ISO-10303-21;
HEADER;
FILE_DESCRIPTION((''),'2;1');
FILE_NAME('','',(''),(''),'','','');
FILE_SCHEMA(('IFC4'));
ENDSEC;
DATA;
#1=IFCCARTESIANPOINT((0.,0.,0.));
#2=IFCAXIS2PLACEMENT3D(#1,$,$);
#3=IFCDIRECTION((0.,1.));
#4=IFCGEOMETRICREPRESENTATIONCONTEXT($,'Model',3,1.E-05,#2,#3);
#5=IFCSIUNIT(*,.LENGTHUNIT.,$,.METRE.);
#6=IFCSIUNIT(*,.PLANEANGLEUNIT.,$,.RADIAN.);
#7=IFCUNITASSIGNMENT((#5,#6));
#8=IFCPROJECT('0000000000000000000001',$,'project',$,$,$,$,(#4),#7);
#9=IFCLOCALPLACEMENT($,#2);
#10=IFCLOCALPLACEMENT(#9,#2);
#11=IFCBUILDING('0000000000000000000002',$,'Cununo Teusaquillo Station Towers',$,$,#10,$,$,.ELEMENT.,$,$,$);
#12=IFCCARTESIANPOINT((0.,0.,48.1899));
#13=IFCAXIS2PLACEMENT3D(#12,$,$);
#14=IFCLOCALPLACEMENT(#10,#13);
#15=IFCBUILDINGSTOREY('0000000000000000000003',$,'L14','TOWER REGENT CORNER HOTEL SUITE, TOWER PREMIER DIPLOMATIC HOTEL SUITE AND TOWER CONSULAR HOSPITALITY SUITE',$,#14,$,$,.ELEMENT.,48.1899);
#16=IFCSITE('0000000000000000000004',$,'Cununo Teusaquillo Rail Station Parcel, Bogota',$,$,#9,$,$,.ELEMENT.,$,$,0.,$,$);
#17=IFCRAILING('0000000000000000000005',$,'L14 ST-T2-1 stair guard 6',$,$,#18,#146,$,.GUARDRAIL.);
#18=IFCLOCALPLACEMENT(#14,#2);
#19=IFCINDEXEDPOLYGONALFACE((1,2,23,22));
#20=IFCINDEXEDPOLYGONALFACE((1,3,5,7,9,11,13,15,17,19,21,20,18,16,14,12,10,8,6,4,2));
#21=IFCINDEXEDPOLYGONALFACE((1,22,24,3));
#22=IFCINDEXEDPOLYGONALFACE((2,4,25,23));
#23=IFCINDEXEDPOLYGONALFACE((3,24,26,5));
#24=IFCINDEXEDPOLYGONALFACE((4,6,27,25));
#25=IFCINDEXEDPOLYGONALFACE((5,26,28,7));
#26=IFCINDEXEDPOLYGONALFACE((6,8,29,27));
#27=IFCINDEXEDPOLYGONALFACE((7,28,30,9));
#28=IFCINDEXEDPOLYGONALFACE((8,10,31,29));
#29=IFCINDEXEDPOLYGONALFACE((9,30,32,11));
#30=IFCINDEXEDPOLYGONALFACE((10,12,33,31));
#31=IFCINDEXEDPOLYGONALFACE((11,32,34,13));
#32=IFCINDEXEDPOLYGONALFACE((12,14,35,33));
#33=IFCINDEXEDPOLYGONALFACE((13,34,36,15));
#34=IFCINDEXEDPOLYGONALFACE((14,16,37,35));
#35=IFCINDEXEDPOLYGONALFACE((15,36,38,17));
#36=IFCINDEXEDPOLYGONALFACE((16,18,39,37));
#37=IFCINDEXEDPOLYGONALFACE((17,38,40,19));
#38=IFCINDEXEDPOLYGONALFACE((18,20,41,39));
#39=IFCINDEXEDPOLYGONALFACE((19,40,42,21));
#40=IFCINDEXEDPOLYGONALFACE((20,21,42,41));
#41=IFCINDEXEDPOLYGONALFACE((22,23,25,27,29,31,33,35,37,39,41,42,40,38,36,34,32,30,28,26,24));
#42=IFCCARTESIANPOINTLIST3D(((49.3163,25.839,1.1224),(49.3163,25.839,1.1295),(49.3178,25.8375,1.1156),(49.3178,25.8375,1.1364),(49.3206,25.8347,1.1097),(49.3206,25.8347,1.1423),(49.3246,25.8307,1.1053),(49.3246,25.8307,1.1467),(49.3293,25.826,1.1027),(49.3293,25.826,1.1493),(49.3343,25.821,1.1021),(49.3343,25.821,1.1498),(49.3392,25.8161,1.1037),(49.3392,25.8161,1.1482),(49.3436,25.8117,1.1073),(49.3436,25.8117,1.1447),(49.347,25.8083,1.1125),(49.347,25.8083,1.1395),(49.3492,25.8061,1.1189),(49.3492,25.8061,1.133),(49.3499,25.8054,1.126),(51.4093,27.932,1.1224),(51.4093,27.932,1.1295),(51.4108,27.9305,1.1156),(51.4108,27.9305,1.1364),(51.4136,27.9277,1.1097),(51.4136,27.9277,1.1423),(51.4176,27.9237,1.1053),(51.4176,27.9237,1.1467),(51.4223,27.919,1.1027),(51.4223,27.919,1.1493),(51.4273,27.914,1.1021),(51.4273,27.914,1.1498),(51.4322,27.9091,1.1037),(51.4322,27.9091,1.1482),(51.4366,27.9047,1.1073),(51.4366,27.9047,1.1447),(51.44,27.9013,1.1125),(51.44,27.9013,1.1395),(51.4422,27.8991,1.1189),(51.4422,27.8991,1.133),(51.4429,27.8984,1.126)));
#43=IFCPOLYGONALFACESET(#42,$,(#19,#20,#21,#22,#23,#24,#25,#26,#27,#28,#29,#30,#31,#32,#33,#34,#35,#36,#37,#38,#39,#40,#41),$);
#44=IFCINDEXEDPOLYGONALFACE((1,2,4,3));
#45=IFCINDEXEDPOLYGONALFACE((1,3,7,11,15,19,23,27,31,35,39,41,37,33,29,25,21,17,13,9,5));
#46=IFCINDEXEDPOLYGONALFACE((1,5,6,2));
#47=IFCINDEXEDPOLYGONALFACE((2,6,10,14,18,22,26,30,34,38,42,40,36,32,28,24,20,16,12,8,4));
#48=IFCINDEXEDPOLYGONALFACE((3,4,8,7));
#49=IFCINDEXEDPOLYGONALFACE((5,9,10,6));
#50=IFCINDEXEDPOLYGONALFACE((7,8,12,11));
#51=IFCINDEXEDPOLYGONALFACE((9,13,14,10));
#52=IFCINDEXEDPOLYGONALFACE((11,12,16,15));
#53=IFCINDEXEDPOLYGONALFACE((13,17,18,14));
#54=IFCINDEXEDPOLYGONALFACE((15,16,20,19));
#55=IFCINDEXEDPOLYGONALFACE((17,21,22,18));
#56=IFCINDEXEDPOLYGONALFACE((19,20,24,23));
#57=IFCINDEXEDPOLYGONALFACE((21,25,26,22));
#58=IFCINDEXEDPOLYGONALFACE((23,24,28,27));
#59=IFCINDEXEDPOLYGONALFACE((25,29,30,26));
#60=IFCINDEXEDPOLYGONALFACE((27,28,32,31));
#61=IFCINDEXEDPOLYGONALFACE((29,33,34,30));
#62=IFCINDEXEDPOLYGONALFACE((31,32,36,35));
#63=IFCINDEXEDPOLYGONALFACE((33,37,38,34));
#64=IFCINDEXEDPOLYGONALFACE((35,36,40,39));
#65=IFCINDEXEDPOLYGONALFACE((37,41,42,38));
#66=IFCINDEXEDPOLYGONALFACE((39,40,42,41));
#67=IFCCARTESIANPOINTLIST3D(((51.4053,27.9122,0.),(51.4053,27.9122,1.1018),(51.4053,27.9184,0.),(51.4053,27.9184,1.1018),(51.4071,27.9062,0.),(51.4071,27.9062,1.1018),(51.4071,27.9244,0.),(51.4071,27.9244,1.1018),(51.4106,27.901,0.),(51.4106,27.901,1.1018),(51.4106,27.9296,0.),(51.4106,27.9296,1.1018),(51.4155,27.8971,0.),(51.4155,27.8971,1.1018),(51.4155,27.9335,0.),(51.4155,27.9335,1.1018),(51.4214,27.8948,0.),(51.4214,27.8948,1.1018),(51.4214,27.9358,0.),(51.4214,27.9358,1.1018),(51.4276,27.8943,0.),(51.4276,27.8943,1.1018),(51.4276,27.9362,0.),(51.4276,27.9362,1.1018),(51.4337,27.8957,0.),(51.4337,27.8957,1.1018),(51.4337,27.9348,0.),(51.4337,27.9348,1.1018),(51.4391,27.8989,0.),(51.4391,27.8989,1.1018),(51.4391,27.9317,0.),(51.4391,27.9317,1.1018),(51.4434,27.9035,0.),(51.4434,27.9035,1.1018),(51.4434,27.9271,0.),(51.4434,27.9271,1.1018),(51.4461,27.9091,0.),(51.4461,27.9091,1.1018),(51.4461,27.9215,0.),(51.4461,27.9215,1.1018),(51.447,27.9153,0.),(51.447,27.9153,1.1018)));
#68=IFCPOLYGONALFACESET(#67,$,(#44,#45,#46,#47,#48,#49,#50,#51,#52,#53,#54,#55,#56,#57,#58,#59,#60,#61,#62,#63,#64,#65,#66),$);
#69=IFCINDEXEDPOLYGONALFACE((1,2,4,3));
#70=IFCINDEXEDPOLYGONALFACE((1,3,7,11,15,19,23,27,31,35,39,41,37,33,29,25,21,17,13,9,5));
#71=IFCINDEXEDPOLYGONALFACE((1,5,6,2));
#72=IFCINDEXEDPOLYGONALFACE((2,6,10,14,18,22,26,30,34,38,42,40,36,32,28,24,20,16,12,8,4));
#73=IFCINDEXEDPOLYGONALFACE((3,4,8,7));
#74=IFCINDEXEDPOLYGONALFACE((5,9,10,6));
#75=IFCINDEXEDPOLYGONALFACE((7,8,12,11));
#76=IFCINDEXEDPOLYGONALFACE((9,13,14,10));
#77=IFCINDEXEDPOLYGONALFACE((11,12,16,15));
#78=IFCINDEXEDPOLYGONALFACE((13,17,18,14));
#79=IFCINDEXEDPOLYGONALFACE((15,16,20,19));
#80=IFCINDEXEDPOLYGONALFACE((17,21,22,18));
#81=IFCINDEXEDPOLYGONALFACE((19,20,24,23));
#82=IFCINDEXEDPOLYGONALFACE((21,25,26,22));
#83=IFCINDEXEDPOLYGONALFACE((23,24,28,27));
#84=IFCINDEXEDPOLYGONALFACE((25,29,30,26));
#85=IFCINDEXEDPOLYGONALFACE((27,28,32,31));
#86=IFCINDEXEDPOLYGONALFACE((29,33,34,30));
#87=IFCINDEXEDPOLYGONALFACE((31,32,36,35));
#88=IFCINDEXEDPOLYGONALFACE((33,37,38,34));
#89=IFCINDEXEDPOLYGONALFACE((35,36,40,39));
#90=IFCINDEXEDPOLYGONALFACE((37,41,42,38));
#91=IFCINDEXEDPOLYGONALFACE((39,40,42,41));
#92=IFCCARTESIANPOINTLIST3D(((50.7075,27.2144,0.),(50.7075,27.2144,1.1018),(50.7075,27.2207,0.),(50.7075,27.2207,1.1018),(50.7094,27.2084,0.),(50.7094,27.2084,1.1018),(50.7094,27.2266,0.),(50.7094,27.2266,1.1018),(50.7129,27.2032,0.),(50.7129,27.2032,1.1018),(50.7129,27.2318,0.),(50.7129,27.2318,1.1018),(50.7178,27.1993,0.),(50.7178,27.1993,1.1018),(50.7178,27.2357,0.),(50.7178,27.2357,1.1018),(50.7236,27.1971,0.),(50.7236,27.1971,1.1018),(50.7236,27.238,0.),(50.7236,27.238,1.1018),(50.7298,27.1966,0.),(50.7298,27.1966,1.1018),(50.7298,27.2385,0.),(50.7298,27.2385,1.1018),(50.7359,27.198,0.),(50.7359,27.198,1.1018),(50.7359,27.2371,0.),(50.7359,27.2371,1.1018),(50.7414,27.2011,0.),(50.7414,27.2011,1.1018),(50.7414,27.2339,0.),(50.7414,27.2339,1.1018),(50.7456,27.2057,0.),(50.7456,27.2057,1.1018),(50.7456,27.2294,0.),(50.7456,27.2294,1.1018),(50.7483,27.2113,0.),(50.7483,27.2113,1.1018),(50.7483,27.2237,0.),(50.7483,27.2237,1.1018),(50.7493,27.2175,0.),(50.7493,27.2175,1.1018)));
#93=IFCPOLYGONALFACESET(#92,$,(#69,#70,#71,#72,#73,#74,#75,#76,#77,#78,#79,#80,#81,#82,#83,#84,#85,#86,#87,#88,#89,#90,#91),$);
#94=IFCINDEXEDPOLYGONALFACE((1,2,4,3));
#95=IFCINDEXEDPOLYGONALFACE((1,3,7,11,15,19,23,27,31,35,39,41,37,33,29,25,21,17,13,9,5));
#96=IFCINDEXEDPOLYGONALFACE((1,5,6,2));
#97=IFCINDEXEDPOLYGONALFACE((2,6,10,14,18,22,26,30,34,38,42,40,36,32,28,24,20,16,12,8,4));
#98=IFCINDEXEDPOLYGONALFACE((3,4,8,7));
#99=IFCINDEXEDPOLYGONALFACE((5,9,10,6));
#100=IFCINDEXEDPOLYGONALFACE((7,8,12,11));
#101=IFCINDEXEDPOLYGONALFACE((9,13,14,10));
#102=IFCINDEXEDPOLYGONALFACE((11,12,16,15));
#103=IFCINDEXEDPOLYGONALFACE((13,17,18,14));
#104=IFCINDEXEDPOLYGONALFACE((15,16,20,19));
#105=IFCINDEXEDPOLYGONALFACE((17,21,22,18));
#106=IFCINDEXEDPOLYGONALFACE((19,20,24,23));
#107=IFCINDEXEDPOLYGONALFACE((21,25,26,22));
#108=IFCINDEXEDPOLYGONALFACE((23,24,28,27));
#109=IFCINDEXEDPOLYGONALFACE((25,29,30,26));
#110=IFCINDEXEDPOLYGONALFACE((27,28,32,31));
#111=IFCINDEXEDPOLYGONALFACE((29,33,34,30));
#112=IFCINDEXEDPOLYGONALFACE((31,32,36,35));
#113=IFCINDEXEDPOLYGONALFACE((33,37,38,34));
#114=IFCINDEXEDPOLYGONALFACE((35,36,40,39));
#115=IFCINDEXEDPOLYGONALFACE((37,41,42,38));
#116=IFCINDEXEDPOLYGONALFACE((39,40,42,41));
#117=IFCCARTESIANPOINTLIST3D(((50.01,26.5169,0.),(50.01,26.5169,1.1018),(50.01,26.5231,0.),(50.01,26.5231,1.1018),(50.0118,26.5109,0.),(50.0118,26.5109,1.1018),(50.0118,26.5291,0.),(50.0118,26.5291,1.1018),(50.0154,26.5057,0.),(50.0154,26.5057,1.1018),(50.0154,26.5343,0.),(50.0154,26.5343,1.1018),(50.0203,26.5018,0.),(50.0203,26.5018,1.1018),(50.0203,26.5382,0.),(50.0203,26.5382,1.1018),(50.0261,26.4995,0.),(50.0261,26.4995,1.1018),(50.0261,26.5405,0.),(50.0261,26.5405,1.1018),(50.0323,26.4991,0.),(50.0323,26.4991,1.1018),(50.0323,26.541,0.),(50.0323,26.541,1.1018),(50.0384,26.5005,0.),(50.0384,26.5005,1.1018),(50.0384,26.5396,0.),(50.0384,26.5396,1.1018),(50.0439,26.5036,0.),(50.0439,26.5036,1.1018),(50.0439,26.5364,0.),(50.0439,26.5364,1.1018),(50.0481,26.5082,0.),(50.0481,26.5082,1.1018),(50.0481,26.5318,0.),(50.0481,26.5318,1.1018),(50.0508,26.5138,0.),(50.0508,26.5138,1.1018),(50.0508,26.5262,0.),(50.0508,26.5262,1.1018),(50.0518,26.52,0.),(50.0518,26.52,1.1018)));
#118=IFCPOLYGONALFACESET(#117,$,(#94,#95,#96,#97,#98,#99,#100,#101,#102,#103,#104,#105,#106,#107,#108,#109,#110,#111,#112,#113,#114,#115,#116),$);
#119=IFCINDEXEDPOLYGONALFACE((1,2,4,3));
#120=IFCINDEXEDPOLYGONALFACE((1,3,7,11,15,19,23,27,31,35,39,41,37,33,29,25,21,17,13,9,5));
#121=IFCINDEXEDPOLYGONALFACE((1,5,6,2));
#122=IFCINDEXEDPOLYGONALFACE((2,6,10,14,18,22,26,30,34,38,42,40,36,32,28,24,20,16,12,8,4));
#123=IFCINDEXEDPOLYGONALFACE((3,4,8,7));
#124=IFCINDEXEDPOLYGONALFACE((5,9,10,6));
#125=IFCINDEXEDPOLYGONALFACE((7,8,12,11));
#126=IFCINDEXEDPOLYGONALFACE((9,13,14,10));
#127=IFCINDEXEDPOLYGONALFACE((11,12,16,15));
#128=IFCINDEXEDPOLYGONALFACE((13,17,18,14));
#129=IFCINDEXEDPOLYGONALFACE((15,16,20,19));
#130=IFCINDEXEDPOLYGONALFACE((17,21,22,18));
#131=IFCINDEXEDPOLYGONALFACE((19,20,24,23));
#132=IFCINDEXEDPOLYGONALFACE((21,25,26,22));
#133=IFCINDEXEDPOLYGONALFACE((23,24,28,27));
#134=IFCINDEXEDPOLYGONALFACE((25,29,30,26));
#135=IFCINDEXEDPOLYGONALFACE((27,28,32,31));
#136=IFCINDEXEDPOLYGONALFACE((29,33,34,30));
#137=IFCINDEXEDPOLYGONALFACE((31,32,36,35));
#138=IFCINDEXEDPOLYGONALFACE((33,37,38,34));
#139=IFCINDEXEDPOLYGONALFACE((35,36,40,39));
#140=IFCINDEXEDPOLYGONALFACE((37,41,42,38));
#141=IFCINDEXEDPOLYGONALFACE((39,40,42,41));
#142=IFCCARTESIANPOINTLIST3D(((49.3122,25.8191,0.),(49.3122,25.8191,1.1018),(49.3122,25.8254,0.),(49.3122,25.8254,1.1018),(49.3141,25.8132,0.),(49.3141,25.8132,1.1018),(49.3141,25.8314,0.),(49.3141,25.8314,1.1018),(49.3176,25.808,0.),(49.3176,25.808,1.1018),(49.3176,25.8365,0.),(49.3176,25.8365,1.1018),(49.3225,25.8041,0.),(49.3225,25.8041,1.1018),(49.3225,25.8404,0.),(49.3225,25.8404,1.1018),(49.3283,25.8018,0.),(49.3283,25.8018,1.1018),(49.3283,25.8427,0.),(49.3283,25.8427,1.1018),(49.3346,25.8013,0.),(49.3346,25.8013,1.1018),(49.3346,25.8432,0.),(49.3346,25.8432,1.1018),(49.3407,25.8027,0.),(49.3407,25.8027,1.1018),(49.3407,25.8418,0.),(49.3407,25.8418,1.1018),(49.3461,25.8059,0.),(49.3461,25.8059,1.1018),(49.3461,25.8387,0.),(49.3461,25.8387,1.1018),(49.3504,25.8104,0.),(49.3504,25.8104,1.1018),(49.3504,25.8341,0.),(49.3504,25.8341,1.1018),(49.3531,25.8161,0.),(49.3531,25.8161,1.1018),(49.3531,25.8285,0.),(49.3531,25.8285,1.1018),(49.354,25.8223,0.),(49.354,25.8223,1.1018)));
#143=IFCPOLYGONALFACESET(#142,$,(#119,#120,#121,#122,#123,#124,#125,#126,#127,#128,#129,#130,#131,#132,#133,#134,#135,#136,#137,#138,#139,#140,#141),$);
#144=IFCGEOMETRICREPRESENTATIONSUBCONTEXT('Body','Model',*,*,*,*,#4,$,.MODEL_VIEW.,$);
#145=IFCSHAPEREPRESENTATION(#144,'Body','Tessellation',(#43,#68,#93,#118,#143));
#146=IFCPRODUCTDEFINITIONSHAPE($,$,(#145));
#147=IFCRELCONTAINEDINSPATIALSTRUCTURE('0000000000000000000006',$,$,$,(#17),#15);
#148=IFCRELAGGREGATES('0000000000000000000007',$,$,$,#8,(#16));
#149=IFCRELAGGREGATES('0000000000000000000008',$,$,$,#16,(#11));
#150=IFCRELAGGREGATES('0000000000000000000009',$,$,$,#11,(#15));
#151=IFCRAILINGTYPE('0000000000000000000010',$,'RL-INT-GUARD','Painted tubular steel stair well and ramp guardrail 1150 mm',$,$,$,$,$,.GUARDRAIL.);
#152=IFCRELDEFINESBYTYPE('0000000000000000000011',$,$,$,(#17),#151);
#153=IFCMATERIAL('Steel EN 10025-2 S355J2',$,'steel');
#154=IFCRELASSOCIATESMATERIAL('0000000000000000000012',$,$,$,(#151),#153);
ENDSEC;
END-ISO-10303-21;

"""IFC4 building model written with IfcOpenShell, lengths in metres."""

from ifc_helpers import new_model, si_unit, direction, frame, origin, origin_2d, place, context, subcontext, project, spatial, circle, extrude, material, type_object, element, save


model = new_model("IFC4")

# Units and contexts
model_context = context("Model", 3, precision=1e-05, world=origin(), true_north=direction((0.0, 1.0)))
body_context = subcontext(model_context, "Body", "Model", "MODEL_VIEW")
ifc_project = project(units=[si_unit("LENGTHUNIT", "METRE"), si_unit("PLANEANGLEUNIT", "RADIAN")], contexts=[model_context])

# Site, building, storey
site_placement = place(None, origin())
site = spatial("IfcSite", under=ifc_project, at=site_placement, Name="Cununo Teusaquillo Rail Station Parcel, Bogota", CompositionType="ELEMENT", RefElevation=0.0)
building_placement = place(site_placement, origin())
building = spatial("IfcBuilding", under=site, at=building_placement, Name="Cununo Teusaquillo Station Towers", CompositionType="ELEMENT")
storey_placement = place(building_placement, frame((0.0, 0.0, 48.1899)))
storey = spatial("IfcBuildingStorey", under=building, at=storey_placement, Name="L14", Description="TOWER REGENT CORNER HOTEL SUITE, TOWER PREMIER DIPLOMATIC HOTEL SUITE AND TOWER CONSULAR HOSPITALITY SUITE", CompositionType="ELEMENT", Elevation=48.1899)

# Railing
ifc_material_1 = material(Name="Steel EN 10025-2 S355J2", Category="steel")
railing_type = type_object("IfcRailingType", Name="RL-INT-GUARD", Description="Painted tubular steel stair well and ramp guardrail 1150 mm", PredefinedType="GUARDRAIL", material=ifc_material_1)
railing_1_placement = place(storey_placement, frame((51.426, 27.9153, 0.0)))
element("IfcRailing", 1, at=railing_1_placement, inside=storey, type_object=railing_type, Name="L14 ST-T2-1 stair guard 6", PredefinedType="GUARDRAIL", context=body_context, shape_type="SweptSolid", body=[
    extrude(circle(Radius=0.0239, at=origin_2d()), frame((0.0, 0.0, 1.126), z_axis=(-0.707107, -0.707107, 0.0), x_axis=(0.707107, -0.707107, 0.0)), (0.0, 0.0, 1.0), 2.96),
    extrude(circle(Radius=0.021, at=origin_2d()), origin(), (0.0, 0.0, 1.0), 1.1018),
    extrude(circle(Radius=0.021, at=origin_2d()), frame((-0.6978, -0.6978, 0.0)), (0.0, 0.0, 1.0), 1.1018),
    extrude(circle(Radius=0.021, at=origin_2d()), frame((-1.3953, -1.3953, 0.0)), (0.0, 0.0, 1.0), 1.1018),
    extrude(circle(Radius=0.021, at=origin_2d()), frame((-2.093, -2.093, 0.0)), (0.0, 0.0, 1.0), 1.1018),
])

save(model, "model.ifc")
